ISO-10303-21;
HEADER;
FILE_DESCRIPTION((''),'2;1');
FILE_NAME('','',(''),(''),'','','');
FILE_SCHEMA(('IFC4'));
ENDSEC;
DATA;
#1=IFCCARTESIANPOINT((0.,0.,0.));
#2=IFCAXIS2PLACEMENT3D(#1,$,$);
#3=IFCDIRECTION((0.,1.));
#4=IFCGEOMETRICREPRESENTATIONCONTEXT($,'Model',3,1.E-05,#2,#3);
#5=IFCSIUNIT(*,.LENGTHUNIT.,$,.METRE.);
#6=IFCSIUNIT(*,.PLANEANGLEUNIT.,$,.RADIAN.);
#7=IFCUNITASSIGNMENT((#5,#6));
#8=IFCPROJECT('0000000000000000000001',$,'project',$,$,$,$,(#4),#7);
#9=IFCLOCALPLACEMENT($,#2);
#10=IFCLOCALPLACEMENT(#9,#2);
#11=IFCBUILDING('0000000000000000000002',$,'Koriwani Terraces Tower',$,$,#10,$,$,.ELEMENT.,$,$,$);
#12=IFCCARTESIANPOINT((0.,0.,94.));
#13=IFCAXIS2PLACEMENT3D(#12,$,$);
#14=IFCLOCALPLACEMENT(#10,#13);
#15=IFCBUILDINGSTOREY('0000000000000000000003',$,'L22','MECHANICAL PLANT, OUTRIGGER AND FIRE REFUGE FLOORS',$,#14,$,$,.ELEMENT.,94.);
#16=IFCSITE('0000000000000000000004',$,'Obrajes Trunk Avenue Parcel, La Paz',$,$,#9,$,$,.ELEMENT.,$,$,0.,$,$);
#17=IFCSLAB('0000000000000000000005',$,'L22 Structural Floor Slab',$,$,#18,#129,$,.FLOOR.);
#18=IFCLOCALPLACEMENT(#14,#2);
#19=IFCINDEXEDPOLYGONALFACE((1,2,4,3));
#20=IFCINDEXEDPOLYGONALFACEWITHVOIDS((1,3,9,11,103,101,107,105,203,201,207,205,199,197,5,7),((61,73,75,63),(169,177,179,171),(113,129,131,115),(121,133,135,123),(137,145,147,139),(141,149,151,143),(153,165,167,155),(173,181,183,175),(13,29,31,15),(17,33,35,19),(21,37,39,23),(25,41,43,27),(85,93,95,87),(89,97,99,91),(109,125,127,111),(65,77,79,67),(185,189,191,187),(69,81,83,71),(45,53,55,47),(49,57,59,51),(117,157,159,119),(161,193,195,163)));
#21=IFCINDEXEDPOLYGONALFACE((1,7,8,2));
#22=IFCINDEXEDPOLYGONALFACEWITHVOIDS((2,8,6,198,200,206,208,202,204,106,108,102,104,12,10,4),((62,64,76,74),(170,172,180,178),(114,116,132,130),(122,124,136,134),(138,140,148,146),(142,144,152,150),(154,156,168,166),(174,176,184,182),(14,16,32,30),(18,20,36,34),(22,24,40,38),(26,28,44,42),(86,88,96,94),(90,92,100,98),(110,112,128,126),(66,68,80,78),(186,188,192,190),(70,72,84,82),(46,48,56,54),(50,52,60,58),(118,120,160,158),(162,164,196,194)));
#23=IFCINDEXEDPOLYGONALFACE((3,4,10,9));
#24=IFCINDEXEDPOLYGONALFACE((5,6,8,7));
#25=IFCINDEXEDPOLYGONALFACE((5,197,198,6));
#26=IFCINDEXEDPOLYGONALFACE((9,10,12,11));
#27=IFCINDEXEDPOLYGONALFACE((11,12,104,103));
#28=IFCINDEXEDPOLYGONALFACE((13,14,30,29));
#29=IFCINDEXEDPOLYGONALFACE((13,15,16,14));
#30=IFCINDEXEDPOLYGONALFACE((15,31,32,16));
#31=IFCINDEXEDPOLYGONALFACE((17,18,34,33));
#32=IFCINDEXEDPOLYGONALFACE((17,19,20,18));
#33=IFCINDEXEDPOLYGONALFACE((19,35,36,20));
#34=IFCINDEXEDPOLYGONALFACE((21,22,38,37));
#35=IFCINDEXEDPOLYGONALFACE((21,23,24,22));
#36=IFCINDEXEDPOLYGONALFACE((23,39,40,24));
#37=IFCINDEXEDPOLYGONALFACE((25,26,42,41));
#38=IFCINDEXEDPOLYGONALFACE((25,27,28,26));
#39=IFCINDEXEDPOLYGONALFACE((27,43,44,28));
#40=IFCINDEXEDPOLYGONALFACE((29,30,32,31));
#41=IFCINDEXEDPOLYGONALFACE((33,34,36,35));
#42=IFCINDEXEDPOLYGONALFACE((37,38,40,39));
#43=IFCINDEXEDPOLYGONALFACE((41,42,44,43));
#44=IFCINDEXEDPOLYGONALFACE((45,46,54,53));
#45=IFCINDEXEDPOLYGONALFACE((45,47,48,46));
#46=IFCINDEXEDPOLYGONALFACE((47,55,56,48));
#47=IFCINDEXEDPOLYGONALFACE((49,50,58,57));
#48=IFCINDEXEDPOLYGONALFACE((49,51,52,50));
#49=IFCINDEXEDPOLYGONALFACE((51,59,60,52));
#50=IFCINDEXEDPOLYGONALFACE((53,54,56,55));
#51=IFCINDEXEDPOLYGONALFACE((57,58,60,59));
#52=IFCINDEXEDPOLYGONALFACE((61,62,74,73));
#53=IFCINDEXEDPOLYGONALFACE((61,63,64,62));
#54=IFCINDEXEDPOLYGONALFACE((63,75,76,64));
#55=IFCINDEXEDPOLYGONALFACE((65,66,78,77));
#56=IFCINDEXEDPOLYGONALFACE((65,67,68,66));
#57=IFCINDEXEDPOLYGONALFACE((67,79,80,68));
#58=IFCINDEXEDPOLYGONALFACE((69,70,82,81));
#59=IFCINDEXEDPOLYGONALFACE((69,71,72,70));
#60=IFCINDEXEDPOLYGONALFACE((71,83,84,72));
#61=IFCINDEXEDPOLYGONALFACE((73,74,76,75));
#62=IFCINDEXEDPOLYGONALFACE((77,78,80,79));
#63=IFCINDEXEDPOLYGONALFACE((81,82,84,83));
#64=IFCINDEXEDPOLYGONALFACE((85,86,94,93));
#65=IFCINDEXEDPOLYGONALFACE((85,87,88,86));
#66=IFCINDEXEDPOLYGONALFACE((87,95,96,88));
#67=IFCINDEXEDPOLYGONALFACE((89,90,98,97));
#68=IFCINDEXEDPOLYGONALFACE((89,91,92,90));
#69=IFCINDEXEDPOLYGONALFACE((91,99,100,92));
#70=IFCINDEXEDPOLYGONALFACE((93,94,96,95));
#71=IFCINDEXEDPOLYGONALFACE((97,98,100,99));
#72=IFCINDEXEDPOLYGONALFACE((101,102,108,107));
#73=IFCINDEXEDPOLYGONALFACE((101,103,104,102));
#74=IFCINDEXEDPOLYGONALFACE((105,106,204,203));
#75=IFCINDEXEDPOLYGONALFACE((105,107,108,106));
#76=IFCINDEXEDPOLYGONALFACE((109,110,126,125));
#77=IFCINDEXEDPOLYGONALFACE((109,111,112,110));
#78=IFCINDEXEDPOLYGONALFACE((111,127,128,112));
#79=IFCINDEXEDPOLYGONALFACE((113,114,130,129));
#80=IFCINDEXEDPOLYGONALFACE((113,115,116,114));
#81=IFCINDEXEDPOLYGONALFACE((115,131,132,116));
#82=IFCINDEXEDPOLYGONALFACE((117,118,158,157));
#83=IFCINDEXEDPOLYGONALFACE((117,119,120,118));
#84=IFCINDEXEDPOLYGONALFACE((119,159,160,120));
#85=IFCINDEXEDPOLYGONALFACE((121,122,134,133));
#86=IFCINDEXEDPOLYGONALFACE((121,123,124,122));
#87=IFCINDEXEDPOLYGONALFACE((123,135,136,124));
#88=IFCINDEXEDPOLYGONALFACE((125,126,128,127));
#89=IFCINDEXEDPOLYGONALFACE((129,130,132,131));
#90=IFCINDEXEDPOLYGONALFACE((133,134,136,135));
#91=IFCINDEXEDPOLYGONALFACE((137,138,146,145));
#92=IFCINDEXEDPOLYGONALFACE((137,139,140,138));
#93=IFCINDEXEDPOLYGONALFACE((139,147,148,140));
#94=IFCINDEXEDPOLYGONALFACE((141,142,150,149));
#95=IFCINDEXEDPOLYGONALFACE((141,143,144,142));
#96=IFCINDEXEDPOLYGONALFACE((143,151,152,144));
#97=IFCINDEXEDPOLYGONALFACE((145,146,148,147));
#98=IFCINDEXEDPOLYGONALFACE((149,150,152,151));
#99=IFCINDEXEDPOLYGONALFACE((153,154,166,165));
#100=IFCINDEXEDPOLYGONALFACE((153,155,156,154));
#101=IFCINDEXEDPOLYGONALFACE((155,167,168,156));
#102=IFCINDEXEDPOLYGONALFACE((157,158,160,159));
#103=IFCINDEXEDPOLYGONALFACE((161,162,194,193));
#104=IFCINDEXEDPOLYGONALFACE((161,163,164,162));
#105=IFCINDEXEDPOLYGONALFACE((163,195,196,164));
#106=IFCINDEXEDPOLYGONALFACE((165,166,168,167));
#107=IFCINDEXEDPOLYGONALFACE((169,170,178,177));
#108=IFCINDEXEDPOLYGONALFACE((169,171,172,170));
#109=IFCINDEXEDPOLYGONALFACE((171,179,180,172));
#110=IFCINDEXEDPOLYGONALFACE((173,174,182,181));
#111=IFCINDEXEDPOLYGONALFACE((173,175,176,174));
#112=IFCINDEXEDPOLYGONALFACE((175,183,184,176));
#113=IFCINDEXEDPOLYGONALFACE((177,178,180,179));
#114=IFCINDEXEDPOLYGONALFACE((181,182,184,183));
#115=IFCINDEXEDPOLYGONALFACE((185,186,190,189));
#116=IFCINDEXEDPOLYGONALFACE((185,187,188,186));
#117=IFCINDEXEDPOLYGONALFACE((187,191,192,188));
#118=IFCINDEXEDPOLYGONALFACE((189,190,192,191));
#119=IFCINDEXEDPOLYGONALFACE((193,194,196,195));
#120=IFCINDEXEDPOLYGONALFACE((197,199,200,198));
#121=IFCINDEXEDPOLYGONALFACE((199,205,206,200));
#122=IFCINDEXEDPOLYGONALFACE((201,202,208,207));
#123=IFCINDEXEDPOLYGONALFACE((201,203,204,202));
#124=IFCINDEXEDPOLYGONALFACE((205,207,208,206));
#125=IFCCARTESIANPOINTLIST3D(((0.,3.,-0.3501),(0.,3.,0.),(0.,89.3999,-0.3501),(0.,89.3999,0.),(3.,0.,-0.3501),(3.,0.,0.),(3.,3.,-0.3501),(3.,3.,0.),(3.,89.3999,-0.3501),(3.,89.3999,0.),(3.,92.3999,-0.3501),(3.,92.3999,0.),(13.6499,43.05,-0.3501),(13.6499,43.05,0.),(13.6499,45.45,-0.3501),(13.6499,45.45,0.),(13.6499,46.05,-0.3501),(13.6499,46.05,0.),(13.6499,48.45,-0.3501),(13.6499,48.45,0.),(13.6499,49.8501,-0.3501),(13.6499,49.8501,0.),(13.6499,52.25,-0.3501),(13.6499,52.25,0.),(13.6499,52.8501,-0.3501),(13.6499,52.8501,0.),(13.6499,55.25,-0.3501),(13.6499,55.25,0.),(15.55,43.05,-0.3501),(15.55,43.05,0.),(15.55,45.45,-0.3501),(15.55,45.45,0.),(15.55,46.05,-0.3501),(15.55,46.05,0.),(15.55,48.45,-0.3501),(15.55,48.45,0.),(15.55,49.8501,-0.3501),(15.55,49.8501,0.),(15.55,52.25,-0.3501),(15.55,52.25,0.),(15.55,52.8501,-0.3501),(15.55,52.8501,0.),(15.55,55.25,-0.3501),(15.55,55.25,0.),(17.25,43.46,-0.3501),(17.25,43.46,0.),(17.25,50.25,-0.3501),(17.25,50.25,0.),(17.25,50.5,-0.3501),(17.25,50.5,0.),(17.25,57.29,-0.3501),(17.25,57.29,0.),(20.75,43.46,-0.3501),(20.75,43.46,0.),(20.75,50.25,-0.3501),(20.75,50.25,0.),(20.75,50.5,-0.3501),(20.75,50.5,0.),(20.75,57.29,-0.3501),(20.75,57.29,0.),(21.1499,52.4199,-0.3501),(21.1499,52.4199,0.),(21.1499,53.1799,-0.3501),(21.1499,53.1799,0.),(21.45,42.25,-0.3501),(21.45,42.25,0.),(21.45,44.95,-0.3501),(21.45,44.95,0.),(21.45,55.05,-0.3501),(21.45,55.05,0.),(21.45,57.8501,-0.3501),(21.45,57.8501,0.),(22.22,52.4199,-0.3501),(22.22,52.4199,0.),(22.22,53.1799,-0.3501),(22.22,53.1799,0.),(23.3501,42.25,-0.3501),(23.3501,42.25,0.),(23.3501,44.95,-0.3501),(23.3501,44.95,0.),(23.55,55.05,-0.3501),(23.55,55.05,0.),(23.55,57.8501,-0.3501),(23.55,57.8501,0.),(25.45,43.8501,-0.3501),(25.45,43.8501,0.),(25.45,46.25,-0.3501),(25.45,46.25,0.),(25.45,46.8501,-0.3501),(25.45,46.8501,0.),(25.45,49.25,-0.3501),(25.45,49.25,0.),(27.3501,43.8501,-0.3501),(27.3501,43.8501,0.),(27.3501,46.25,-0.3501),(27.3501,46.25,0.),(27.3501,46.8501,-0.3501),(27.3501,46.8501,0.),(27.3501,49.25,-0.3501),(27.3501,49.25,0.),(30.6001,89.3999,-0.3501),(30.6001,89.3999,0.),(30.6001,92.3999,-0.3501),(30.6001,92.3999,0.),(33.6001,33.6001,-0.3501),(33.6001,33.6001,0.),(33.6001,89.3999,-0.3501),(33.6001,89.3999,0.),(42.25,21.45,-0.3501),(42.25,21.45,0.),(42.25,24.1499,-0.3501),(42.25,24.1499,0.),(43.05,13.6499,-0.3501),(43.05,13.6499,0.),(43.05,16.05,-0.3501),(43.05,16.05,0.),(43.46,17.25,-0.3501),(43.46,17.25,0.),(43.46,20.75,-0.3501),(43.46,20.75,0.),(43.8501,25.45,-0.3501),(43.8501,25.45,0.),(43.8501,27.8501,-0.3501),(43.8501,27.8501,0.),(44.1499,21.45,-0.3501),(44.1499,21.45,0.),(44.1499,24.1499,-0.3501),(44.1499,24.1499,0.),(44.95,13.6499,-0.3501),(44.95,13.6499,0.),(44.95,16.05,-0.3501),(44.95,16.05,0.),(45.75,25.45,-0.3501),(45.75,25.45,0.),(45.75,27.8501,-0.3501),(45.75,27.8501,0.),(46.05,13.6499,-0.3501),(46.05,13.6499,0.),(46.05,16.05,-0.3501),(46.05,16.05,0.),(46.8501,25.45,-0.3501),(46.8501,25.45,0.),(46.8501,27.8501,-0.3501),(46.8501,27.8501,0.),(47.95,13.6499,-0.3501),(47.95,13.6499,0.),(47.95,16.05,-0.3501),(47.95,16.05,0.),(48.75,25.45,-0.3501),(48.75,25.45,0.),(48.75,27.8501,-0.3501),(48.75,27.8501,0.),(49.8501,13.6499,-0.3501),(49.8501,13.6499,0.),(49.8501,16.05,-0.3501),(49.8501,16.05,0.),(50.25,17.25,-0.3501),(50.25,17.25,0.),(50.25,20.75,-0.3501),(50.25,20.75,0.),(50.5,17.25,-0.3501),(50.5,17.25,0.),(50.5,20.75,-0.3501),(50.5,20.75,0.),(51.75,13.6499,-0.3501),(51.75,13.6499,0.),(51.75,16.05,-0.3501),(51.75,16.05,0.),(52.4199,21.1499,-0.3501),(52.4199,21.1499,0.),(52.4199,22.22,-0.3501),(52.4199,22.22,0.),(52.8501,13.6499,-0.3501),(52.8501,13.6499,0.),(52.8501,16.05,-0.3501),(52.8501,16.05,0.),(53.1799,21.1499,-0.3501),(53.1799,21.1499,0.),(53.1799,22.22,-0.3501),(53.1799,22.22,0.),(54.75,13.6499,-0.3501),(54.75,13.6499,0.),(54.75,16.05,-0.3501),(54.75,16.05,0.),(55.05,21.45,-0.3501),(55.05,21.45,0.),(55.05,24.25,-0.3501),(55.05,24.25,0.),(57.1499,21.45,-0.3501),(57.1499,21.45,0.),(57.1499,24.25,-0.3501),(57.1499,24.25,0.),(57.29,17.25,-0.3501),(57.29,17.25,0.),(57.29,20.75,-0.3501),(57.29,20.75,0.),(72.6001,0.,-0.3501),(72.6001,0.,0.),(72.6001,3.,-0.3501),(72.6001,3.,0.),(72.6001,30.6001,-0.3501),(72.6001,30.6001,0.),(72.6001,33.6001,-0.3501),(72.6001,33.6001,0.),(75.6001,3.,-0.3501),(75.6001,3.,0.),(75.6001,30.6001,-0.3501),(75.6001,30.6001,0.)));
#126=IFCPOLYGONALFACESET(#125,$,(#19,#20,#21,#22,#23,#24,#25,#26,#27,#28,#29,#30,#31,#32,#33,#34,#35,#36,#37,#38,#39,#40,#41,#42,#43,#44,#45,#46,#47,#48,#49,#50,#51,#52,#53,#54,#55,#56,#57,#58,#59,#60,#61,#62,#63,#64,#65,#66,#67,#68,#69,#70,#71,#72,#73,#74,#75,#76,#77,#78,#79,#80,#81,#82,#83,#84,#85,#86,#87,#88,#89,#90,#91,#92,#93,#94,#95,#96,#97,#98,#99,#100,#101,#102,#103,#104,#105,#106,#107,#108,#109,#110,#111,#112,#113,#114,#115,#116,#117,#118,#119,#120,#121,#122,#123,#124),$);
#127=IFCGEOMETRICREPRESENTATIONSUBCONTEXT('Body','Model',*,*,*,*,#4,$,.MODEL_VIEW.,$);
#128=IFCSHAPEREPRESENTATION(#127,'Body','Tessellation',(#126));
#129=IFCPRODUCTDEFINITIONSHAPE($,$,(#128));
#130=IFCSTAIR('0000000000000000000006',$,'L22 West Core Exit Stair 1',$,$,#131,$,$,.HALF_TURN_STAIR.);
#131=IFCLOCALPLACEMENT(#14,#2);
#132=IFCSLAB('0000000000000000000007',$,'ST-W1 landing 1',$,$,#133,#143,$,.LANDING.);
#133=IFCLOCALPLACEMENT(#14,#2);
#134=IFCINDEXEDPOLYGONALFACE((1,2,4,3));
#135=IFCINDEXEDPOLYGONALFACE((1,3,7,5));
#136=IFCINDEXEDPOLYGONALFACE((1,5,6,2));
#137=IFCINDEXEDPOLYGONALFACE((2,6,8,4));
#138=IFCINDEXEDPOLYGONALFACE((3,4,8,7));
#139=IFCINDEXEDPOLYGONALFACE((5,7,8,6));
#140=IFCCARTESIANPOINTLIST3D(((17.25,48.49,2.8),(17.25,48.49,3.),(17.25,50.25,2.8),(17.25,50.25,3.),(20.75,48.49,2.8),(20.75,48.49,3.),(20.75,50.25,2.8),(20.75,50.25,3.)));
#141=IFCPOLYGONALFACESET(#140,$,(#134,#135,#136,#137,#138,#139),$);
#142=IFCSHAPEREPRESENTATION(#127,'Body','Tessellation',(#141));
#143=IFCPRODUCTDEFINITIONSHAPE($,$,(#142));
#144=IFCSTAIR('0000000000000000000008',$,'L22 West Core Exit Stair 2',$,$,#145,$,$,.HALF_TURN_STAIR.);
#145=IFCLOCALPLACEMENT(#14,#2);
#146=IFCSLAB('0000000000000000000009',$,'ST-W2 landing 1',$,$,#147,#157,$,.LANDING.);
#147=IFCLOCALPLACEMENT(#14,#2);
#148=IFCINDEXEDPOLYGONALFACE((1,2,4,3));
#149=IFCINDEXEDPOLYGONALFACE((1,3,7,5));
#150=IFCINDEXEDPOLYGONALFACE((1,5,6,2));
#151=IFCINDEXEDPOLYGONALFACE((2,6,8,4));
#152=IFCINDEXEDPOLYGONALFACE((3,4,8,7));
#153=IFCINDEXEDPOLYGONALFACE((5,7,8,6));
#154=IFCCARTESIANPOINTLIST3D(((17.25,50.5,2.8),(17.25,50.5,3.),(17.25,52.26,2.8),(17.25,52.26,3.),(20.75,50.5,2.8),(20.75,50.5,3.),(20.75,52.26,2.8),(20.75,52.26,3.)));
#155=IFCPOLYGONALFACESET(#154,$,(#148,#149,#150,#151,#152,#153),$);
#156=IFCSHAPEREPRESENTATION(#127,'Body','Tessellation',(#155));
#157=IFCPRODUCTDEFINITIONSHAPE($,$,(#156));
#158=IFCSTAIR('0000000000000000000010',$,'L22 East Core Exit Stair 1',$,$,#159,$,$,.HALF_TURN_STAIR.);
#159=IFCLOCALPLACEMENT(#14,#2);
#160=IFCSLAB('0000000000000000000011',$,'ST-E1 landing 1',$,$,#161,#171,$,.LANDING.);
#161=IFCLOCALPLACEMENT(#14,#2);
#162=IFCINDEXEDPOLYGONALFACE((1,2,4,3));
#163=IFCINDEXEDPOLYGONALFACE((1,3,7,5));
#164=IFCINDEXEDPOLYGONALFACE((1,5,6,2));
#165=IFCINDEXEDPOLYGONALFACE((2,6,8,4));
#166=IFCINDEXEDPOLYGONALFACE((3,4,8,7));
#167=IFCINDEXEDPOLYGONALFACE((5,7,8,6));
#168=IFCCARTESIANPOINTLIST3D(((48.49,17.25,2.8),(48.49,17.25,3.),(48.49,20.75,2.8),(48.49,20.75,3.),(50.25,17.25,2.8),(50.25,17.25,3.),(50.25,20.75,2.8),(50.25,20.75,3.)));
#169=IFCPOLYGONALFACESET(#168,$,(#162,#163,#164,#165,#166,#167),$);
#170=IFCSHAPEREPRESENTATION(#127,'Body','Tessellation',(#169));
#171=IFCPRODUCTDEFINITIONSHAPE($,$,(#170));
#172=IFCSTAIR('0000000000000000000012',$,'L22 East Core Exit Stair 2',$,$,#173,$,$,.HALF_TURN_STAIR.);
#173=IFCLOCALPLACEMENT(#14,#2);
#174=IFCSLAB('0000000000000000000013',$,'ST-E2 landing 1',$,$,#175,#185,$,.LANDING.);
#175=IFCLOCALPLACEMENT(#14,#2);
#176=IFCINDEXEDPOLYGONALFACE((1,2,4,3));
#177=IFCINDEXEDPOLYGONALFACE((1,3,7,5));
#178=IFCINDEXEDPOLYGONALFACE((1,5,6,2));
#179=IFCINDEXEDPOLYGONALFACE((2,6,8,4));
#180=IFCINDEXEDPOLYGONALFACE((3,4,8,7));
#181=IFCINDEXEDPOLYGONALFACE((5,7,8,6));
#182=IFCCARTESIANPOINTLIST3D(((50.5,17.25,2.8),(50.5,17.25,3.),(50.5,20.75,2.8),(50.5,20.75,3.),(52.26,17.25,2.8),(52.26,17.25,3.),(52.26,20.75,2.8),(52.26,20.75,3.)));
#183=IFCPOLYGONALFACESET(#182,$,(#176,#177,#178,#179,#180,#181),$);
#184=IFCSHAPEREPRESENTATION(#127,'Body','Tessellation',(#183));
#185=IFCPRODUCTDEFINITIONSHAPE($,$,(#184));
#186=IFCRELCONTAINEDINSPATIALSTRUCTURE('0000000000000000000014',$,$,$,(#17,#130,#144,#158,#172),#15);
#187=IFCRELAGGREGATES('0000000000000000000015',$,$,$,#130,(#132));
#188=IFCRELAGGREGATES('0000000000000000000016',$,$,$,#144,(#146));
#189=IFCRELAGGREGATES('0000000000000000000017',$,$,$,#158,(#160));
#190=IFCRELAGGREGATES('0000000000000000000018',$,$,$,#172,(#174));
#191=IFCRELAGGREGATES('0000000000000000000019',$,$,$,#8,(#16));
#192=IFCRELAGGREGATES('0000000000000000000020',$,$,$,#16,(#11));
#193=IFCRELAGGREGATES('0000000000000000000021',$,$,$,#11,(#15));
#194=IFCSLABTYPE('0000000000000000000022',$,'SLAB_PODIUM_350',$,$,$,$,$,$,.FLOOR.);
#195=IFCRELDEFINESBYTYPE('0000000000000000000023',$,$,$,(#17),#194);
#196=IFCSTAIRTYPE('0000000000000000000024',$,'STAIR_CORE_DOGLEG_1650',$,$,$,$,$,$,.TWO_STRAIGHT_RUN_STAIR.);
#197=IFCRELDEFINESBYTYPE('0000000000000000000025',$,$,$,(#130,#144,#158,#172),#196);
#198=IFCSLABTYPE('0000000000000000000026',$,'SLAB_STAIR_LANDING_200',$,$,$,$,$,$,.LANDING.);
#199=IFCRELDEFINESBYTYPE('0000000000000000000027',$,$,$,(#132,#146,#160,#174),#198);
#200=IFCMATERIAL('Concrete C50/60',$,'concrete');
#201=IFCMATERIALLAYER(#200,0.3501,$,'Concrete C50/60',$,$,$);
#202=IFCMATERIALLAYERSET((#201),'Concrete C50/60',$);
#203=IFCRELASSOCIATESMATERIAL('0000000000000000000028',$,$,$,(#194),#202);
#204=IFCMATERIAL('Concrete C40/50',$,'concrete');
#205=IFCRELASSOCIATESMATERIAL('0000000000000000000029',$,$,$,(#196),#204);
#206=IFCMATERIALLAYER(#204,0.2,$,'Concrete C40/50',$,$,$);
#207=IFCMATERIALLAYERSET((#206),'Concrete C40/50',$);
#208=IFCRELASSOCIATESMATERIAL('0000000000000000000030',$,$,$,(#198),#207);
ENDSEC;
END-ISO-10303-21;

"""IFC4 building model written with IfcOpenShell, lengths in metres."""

from ifc_helpers import new_model, si_unit, direction, frame, origin, place, context, subcontext, project, spatial, polyline, outline, extrude, material, layer, layer_set, type_object, element, aggregate, save


model = new_model("IFC4")

# Units and contexts
model_context = context("Model", 3, precision=1e-05, world=origin(), true_north=direction((0.0, 1.0)))
body_context = subcontext(model_context, "Body", "Model", "MODEL_VIEW")
ifc_project = project(units=[si_unit("LENGTHUNIT", "METRE"), si_unit("PLANEANGLEUNIT", "RADIAN")], contexts=[model_context])

# Site, building, storey
site_placement = place(None, origin())
site = spatial("IfcSite", under=ifc_project, at=site_placement, Name="Obrajes Trunk Avenue Parcel, La Paz", CompositionType="ELEMENT", RefElevation=0.0)
building_placement = place(site_placement, origin())
building = spatial("IfcBuilding", under=site, at=building_placement, Name="Koriwani Terraces Tower", CompositionType="ELEMENT")
storey_placement = place(building_placement, frame((0.0, 0.0, 94.0)))
storey = spatial("IfcBuildingStorey", under=building, at=storey_placement, Name="L22", Description="MECHANICAL PLANT, OUTRIGGER AND FIRE REFUGE FLOORS", CompositionType="ELEMENT", Elevation=94.0)

# Shared definitions
ifc_material_1 = material(Name="Concrete C50/60", Category="concrete")

# Slab
ifc_layer_1 = layer(ifc_material_1, 0.3501, Name="Concrete C50/60")
ifc_layer_set_1 = layer_set([ifc_layer_1], Name="Concrete C50/60")
slab_type_1 = type_object("IfcSlabType", Name="SLAB_PODIUM_350", PredefinedType="FLOOR", material=ifc_layer_set_1)
slab_1_placement = place(storey_placement, frame((0.0, 0.0, -0.3501)))
element("IfcSlab", 1, at=slab_1_placement, inside=storey, type_object=slab_type_1, Name="L22 Structural Floor Slab", PredefinedType="FLOOR", context=body_context, shape_type="SweptSolid", body=[
    extrude(outline(polyline([(3.0, 0.0), (72.6001, 0.0), (72.6001, 3.0), (75.6001, 3.0), (75.6001, 30.6001), (72.6001, 30.6001), (72.6001, 33.6001), (33.6001, 33.6001), (33.6001, 89.3999), (30.6001, 89.3999), (30.6001, 92.3999), (3.0, 92.3999), (3.0, 89.3999), (0.0, 89.3999), (0.0, 3.0), (3.0, 3.0), (3.0, 0.0)]), holes=[polyline([(17.25, 43.46), (20.75, 43.46), (20.75, 50.25), (17.25, 50.25), (17.25, 43.46)]), polyline([(17.25, 50.5), (20.75, 50.5), (20.75, 57.29), (17.25, 57.29), (17.25, 50.5)]), polyline([(43.46, 17.25), (50.25, 17.25), (50.25, 20.75), (43.46, 20.75), (43.46, 17.25)]), polyline([(50.5, 17.25), (57.29, 17.25), (57.29, 20.75), (50.5, 20.75), (50.5, 17.25)]), polyline([(13.6499, 43.05), (15.55, 43.05), (15.55, 45.45), (13.6499, 45.45), (13.6499, 43.05)]), polyline([(13.6499, 46.05), (15.55, 46.05), (15.55, 48.45), (13.6499, 48.45), (13.6499, 46.05)]), polyline([(43.05, 13.6499), (44.95, 13.6499), (44.95, 16.05), (43.05, 16.05), (43.05, 13.6499)]), polyline([(46.05, 13.6499), (47.95, 13.6499), (47.95, 16.05), (46.05, 16.05), (46.05, 13.6499)]), polyline([(13.6499, 49.8501), (15.55, 49.8501), (15.55, 52.25), (13.6499, 52.25), (13.6499, 49.8501)]), polyline([(13.6499, 52.8501), (15.55, 52.8501), (15.55, 55.25), (13.6499, 55.25), (13.6499, 52.8501)]), polyline([(49.8501, 13.6499), (51.75, 13.6499), (51.75, 16.05), (49.8501, 16.05), (49.8501, 13.6499)]), polyline([(52.8501, 13.6499), (54.75, 13.6499), (54.75, 16.05), (52.8501, 16.05), (52.8501, 13.6499)]), polyline([(25.45, 43.8501), (27.3501, 43.8501), (27.3501, 46.25), (25.45, 46.25), (25.45, 43.8501)]), polyline([(25.45, 46.8501), (27.3501, 46.8501), (27.3501, 49.25), (25.45, 49.25), (25.45, 46.8501)]), polyline([(43.8501, 25.45), (45.75, 25.45), (45.75, 27.8501), (43.8501, 27.8501), (43.8501, 25.45)]), polyline([(46.8501, 25.45), (48.75, 25.45), (48.75, 27.8501), (46.8501, 27.8501), (46.8501, 25.45)]), polyline([(21.45, 55.05), (23.55, 55.05), (23.55, 57.8501), (21.45, 57.8501), (21.45, 55.05)]), polyline([(55.05, 21.45), (57.1499, 21.45), (57.1499, 24.25), (55.05, 24.25), (55.05, 21.45)]), polyline([(21.45, 42.25), (23.3501, 42.25), (23.3501, 44.95), (21.45, 44.95), (21.45, 42.25)]), polyline([(42.25, 21.45), (44.1499, 21.45), (44.1499, 24.1499), (42.25, 24.1499), (42.25, 21.45)]), polyline([(21.1499, 52.4199), (22.22, 52.4199), (22.22, 53.1799), (21.1499, 53.1799), (21.1499, 52.4199)]), polyline([(52.4199, 21.1499), (53.1799, 21.1499), (53.1799, 22.22), (52.4199, 22.22), (52.4199, 21.1499)])]), origin(), (0.0, 0.0, 1.0), 0.3501),
])

# Stairs, slabs
ifc_material_2 = material(Name="Concrete C40/50", Category="concrete")
stair_type = type_object("IfcStairType", Name="STAIR_CORE_DOGLEG_1650", PredefinedType="TWO_STRAIGHT_RUN_STAIR", material=ifc_material_2)
stair_1_placement = place(storey_placement, origin())
stair_1 = element("IfcStair", 2, at=stair_1_placement, inside=storey, type_object=stair_type, Name="L22 West Core Exit Stair 1", PredefinedType="HALF_TURN_STAIR")
ifc_layer_2 = layer(ifc_material_2, 0.2, Name="Concrete C40/50")
ifc_layer_set_2 = layer_set([ifc_layer_2], Name="Concrete C40/50")
slab_type_2 = type_object("IfcSlabType", Name="SLAB_STAIR_LANDING_200", PredefinedType="LANDING", material=ifc_layer_set_2)
slab_2_placement = place(storey_placement, frame((0.0, 0.0, 2.8)))
slab_2 = element("IfcSlab", 3, at=slab_2_placement, type_object=slab_type_2, Name="ST-W1 landing 1", PredefinedType="LANDING", context=body_context, shape_type="SweptSolid", body=[
    extrude(outline(polyline([(20.75, 48.49), (20.75, 50.25), (17.25, 50.25), (17.25, 48.49), (20.75, 48.49)])), origin(), (0.0, 0.0, 1.0), 0.2),
])
aggregate(stair_1, [slab_2])
stair_2_placement = place(storey_placement, origin())
stair_2 = element("IfcStair", 4, at=stair_2_placement, inside=storey, type_object=stair_type, Name="L22 West Core Exit Stair 2", PredefinedType="HALF_TURN_STAIR")
slab_3_placement = place(storey_placement, frame((0.0, 0.0, 2.8)))
slab_3 = element("IfcSlab", 5, at=slab_3_placement, type_object=slab_type_2, Name="ST-W2 landing 1", PredefinedType="LANDING", context=body_context, shape_type="SweptSolid", body=[
    extrude(outline(polyline([(17.25, 52.26), (17.25, 50.5), (20.75, 50.5), (20.75, 52.26), (17.25, 52.26)])), origin(), (0.0, 0.0, 1.0), 0.2),
])
aggregate(stair_2, [slab_3])
stair_3_placement = place(storey_placement, origin())
stair_3 = element("IfcStair", 6, at=stair_3_placement, inside=storey, type_object=stair_type, Name="L22 East Core Exit Stair 1", PredefinedType="HALF_TURN_STAIR")
slab_4_placement = place(storey_placement, frame((0.0, 0.0, 2.8)))
slab_4 = element("IfcSlab", 7, at=slab_4_placement, type_object=slab_type_2, Name="ST-E1 landing 1", PredefinedType="LANDING", context=body_context, shape_type="SweptSolid", body=[
    extrude(outline(polyline([(48.49, 17.25), (50.25, 17.25), (50.25, 20.75), (48.49, 20.75), (48.49, 17.25)])), origin(), (0.0, 0.0, 1.0), 0.2),
])
aggregate(stair_3, [slab_4])
stair_4_placement = place(storey_placement, origin())
stair_4 = element("IfcStair", 8, at=stair_4_placement, inside=storey, type_object=stair_type, Name="L22 East Core Exit Stair 2", PredefinedType="HALF_TURN_STAIR")
slab_5_placement = place(storey_placement, frame((0.0, 0.0, 2.8)))
slab_5 = element("IfcSlab", 9, at=slab_5_placement, type_object=slab_type_2, Name="ST-E2 landing 1", PredefinedType="LANDING", context=body_context, shape_type="SweptSolid", body=[
    extrude(outline(polyline([(52.26, 20.75), (50.5, 20.75), (50.5, 17.25), (52.26, 17.25), (52.26, 20.75)])), origin(), (0.0, 0.0, 1.0), 0.2),
])
aggregate(stair_4, [slab_5])

save(model, "model.ifc")
